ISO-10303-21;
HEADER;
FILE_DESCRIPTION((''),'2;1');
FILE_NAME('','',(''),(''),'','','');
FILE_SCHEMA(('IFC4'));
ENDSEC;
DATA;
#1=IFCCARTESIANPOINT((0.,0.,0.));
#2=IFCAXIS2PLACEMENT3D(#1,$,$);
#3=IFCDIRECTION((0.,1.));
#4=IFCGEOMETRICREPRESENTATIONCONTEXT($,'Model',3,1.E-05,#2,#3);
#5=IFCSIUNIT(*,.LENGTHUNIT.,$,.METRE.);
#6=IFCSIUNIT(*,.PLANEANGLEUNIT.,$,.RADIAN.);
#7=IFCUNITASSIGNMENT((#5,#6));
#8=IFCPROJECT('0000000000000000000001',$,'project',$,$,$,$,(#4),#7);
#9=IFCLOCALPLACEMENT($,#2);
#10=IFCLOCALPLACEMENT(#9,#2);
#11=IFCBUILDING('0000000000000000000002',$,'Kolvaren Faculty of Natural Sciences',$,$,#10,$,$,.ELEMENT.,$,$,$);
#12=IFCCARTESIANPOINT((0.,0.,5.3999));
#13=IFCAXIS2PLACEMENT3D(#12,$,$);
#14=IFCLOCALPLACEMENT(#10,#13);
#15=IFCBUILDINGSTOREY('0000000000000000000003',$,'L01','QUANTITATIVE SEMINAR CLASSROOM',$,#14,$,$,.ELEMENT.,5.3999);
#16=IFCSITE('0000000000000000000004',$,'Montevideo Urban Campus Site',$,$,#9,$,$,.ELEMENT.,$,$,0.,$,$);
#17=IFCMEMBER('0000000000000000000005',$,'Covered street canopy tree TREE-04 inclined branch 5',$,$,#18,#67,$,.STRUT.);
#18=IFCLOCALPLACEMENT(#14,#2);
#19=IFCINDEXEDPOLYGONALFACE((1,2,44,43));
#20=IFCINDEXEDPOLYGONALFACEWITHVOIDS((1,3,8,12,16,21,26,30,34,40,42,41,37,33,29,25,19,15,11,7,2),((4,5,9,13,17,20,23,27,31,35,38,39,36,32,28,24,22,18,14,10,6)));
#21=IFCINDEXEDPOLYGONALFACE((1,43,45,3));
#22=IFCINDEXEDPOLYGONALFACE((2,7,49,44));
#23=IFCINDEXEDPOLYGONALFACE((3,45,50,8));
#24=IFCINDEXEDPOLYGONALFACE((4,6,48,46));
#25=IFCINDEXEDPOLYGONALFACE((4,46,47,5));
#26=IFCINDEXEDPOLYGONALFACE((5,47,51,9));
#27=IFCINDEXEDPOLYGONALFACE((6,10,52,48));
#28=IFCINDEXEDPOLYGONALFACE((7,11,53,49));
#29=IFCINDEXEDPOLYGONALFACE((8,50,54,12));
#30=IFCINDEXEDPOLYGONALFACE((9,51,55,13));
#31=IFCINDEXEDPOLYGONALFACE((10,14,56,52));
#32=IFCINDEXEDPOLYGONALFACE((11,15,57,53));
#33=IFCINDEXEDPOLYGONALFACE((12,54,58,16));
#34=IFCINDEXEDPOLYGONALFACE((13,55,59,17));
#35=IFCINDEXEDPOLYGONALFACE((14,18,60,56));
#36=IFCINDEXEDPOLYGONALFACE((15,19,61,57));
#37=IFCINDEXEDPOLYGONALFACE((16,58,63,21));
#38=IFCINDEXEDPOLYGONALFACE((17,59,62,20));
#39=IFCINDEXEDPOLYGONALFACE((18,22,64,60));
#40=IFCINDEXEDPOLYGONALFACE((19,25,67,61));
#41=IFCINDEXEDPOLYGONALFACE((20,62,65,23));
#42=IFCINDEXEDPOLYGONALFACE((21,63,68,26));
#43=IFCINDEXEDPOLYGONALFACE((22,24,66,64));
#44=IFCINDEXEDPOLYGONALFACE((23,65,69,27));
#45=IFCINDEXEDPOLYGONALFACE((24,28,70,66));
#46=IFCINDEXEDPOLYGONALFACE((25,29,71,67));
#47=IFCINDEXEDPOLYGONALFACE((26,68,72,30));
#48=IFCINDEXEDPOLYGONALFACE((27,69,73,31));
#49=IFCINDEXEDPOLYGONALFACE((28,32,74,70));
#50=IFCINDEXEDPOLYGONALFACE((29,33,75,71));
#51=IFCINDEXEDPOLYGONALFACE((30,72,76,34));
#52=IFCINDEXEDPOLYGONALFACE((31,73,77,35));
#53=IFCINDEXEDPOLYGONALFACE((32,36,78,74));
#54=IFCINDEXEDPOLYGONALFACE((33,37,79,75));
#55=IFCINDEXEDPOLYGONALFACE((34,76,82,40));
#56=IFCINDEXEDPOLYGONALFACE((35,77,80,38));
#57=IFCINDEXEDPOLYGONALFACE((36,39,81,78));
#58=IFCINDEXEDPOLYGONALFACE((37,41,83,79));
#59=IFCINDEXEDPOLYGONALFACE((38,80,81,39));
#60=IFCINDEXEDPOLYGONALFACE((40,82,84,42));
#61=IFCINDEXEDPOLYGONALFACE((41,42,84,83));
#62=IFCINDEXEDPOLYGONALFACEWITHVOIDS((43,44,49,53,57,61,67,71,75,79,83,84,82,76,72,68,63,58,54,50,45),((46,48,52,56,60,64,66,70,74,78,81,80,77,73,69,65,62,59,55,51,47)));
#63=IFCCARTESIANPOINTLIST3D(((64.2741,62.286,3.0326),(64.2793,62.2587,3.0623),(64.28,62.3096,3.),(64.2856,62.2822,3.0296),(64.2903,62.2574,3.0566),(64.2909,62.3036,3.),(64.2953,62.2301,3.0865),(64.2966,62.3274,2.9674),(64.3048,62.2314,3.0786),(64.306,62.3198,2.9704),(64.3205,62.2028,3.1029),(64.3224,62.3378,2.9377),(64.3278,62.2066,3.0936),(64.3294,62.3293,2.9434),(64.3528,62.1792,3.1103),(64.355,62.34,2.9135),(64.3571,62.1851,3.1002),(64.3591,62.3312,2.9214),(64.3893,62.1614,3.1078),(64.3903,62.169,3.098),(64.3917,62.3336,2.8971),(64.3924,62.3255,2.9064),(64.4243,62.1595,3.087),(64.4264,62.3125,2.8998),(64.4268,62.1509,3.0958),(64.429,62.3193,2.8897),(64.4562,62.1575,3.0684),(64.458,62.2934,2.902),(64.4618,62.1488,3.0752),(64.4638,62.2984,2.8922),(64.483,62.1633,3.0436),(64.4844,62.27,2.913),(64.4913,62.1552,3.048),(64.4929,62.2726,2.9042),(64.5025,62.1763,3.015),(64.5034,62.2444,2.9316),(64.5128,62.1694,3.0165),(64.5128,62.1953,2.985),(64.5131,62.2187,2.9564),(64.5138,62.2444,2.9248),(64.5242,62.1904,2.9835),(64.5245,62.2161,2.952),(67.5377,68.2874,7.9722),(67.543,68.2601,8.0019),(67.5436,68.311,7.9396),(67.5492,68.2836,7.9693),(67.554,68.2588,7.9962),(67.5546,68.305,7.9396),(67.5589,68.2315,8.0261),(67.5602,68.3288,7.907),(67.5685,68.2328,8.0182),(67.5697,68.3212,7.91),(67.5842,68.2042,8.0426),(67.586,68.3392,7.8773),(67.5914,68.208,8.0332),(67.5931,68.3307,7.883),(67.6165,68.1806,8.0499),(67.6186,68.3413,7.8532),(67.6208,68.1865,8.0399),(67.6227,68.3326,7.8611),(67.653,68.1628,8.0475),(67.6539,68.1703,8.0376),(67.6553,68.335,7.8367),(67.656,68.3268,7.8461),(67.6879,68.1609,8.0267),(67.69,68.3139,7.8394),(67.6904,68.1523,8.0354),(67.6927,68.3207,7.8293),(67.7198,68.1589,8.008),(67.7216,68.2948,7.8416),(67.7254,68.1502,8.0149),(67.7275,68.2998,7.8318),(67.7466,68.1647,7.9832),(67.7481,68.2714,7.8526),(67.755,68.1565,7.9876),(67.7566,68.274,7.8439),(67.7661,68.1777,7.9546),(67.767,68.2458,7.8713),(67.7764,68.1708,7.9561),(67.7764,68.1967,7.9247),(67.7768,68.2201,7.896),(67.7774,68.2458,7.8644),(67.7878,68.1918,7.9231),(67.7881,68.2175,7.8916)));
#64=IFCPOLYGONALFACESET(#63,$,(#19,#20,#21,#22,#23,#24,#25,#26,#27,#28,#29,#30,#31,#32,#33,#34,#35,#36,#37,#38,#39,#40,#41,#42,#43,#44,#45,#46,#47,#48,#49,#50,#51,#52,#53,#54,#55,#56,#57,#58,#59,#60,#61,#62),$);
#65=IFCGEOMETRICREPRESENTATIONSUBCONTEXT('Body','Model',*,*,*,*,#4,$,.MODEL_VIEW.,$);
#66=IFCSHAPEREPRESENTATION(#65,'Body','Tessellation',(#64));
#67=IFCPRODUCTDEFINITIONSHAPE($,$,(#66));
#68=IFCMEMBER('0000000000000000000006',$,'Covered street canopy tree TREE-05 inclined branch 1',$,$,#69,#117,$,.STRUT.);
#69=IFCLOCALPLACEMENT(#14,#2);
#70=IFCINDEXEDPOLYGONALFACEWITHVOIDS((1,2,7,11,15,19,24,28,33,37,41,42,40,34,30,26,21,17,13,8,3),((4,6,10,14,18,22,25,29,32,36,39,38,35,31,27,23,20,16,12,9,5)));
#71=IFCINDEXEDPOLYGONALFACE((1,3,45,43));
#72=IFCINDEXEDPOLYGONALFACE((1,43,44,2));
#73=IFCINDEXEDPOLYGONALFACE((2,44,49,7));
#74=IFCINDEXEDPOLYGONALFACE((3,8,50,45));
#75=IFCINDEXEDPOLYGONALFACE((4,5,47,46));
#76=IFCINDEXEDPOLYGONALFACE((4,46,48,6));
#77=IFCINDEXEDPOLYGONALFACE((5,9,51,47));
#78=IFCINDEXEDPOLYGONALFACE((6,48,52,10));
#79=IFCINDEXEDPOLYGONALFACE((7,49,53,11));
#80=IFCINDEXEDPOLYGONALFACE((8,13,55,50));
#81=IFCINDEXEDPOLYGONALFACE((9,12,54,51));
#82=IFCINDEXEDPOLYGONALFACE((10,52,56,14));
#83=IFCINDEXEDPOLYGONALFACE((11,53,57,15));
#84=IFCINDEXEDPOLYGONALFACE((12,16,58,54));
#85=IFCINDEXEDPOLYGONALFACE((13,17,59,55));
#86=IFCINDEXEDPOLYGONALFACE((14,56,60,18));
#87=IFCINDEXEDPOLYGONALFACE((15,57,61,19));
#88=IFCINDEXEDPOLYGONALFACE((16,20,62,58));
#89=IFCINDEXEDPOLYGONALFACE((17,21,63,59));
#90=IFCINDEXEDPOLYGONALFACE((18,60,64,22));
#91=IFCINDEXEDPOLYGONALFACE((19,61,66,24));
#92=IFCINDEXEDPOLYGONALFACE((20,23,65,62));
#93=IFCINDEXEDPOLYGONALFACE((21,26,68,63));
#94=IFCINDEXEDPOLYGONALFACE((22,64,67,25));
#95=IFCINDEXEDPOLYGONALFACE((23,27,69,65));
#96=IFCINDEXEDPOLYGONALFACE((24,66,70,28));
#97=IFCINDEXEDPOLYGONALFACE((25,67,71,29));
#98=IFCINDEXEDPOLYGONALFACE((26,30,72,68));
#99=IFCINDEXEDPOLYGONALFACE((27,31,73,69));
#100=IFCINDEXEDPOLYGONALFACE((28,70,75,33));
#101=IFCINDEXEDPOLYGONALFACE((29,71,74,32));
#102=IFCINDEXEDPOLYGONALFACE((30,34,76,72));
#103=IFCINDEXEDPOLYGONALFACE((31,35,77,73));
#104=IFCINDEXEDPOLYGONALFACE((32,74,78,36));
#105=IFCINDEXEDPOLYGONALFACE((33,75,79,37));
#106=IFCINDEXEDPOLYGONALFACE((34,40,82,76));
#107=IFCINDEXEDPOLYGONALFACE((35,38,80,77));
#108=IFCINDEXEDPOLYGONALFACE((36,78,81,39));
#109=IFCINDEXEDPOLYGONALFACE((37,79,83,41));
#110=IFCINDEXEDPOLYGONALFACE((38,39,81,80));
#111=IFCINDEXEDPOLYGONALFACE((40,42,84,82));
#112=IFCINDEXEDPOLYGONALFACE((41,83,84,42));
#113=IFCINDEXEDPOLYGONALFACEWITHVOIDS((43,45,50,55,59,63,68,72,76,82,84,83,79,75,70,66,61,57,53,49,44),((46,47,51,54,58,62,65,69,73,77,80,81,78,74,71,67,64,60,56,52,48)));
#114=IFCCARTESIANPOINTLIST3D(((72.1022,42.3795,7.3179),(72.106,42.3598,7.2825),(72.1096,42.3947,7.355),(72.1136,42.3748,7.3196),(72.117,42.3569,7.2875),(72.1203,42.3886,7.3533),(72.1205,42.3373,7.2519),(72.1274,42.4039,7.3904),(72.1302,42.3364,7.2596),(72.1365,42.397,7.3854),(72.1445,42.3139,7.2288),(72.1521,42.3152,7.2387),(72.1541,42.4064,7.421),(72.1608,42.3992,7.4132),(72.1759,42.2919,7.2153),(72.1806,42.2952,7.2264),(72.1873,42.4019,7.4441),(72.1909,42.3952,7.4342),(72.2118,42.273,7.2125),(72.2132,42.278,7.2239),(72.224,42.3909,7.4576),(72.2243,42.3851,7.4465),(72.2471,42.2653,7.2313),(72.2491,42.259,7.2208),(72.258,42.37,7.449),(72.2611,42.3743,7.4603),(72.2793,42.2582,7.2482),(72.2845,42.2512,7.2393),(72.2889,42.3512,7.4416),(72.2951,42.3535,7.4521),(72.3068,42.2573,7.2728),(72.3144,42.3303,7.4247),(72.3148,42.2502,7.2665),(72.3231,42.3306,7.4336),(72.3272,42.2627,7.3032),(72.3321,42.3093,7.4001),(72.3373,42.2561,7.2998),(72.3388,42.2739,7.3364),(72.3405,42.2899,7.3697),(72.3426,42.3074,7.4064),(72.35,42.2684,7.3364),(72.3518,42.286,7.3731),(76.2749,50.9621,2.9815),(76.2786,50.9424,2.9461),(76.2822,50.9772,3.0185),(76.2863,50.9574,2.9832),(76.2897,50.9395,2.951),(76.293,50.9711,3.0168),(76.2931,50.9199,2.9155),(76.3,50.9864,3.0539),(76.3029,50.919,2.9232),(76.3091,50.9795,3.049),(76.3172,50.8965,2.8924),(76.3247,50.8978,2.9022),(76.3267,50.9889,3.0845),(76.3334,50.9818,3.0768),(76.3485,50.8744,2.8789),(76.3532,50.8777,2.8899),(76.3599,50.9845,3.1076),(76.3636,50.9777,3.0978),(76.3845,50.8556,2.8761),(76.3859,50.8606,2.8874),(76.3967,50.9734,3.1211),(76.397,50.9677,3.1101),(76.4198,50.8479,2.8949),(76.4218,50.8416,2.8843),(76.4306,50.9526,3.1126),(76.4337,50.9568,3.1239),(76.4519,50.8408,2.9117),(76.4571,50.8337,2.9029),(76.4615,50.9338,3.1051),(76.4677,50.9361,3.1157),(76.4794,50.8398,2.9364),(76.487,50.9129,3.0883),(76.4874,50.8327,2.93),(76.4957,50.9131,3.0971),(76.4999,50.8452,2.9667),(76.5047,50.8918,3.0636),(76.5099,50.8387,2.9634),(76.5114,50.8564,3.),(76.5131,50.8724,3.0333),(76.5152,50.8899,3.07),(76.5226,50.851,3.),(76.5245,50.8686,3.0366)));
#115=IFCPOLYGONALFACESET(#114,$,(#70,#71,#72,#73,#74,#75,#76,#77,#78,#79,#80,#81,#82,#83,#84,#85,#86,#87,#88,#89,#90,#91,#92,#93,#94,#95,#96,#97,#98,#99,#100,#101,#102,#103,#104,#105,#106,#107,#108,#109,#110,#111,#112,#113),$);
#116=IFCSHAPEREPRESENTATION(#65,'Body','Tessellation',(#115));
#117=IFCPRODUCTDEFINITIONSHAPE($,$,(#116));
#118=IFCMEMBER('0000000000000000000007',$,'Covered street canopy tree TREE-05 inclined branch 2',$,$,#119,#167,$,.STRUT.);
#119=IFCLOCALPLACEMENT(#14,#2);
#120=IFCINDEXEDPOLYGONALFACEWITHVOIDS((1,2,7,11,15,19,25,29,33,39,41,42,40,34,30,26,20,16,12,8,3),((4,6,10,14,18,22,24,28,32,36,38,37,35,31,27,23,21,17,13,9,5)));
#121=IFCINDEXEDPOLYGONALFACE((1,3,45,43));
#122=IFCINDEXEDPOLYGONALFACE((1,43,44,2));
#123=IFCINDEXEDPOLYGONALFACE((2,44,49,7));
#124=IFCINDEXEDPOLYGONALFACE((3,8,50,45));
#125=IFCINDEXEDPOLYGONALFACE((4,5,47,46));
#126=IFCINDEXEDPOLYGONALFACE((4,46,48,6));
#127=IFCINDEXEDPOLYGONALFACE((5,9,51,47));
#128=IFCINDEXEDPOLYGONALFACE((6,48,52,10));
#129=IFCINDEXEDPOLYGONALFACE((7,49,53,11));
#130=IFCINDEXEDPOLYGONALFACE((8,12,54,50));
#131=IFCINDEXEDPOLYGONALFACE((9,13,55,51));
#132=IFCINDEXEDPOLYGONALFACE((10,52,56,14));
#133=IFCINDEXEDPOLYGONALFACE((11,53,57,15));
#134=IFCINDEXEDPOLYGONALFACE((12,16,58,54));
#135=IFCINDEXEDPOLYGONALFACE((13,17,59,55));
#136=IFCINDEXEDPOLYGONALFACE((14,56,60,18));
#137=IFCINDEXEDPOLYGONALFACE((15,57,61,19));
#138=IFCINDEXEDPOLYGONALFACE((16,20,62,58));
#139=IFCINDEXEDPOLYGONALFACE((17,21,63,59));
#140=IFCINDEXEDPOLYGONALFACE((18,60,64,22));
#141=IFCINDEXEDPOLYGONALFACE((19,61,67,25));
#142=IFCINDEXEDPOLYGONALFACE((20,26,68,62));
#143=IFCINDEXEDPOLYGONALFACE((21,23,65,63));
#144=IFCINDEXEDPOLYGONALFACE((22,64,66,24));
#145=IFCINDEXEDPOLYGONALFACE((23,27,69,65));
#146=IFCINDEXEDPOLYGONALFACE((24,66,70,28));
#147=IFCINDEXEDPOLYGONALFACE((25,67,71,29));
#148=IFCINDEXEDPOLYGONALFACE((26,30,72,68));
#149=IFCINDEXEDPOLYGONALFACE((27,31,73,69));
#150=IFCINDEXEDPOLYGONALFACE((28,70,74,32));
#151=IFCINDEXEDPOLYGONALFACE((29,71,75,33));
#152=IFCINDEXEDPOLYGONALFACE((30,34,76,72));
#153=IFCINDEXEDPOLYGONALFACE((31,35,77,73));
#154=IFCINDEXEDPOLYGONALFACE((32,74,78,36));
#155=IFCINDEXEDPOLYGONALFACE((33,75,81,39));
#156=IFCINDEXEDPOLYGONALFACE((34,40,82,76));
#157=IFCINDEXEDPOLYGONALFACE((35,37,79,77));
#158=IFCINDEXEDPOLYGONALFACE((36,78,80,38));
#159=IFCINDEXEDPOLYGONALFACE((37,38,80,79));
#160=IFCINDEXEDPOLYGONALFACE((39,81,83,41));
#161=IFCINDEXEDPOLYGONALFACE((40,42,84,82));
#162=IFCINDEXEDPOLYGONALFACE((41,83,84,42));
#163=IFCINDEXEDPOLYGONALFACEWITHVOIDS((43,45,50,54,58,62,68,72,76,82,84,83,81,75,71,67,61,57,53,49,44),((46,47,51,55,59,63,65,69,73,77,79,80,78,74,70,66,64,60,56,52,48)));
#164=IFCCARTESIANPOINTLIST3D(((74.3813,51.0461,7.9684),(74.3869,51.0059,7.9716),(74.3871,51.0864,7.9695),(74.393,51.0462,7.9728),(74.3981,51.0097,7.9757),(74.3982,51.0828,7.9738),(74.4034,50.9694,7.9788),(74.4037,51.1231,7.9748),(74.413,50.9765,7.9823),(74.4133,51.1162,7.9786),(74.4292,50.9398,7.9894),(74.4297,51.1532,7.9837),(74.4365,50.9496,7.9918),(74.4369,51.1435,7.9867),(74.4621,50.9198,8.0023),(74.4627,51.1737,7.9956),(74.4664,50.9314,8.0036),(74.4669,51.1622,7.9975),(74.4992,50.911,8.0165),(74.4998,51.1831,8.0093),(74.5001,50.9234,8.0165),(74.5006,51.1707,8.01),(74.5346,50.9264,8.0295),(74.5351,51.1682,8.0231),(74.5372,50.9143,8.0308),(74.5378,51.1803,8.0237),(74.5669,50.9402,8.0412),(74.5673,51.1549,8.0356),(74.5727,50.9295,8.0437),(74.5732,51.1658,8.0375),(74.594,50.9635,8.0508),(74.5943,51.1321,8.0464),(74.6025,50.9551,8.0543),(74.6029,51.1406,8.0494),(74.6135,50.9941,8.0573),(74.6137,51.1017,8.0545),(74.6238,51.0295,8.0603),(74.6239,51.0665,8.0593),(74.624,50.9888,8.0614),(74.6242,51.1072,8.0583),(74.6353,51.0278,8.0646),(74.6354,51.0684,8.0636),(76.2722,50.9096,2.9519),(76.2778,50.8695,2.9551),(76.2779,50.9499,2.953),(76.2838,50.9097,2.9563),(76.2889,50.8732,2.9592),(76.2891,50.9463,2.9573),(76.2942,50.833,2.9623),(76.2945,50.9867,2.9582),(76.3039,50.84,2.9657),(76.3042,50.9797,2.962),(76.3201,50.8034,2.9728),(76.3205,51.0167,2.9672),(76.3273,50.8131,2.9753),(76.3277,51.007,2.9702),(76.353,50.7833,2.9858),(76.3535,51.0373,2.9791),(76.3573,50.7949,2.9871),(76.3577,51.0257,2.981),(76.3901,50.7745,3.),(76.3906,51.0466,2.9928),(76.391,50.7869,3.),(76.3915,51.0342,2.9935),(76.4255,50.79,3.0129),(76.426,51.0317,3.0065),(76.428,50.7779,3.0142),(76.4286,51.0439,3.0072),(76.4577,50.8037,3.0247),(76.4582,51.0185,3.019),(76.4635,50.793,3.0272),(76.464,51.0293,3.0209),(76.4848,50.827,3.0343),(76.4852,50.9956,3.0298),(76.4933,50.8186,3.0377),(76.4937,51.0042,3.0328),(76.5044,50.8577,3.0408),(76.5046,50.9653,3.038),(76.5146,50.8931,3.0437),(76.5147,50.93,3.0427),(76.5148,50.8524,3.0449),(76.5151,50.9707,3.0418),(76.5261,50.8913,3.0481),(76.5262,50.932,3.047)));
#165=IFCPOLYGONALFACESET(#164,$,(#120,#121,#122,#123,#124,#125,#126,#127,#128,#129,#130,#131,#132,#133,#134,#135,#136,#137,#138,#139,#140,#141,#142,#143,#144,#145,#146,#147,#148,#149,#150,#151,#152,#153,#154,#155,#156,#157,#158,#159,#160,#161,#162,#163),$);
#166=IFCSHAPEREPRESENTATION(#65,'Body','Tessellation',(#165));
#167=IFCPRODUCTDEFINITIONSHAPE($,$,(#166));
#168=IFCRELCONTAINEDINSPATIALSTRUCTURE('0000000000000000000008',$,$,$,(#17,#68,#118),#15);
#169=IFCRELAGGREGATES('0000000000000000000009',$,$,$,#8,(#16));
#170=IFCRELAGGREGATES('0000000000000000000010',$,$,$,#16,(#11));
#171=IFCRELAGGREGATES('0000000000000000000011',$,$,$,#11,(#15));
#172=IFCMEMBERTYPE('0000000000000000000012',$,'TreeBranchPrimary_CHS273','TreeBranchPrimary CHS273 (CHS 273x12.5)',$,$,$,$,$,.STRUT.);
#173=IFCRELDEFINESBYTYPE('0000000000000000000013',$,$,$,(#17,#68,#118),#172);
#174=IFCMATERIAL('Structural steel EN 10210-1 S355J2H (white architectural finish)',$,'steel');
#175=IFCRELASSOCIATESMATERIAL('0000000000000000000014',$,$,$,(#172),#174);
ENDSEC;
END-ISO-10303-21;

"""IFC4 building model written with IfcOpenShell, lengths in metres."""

from ifc_helpers import new_model, si_unit, direction, frame, origin, origin_2d, place, context, subcontext, project, spatial, hollow_circle, extrude, material, material_profile, profile_set, type_object, element, save


model = new_model("IFC4")

# Units and contexts
model_context = context("Model", 3, precision=1e-05, world=origin(), true_north=direction((0.0, 1.0)))
body_context = subcontext(model_context, "Body", "Model", "MODEL_VIEW")
ifc_project = project(units=[si_unit("LENGTHUNIT", "METRE"), si_unit("PLANEANGLEUNIT", "RADIAN")], contexts=[model_context])

# Site, building, storey
site_placement = place(None, origin())
site = spatial("IfcSite", under=ifc_project, at=site_placement, Name="Montevideo Urban Campus Site", CompositionType="ELEMENT", RefElevation=0.0)
building_placement = place(site_placement, origin())
building = spatial("IfcBuilding", under=site, at=building_placement, Name="Kolvaren Faculty of Natural Sciences", CompositionType="ELEMENT")
storey_placement = place(building_placement, frame((0.0, 0.0, 5.3999)))
storey = spatial("IfcBuildingStorey", under=building, at=storey_placement, Name="L01", Description="QUANTITATIVE SEMINAR CLASSROOM", CompositionType="ELEMENT", Elevation=5.3999)

# Members
ifc_material_1 = material(Name="Structural steel EN 10210-1 S355J2H (white architectural finish)", Category="steel")
ifc_material_profile_1 = material_profile(ifc_material_1, hollow_circle(Radius=0.1365, WallThickness=0.0125, at=origin_2d()), Name="CHS 273x12.5")
ifc_profile_set_1 = profile_set([ifc_material_profile_1], Name="Structural steel EN 10210-1 S355J2H (white architectural finish)")
member_type_1 = type_object("IfcMemberType", Name="TreeBranchPrimary_CHS273", Description="TreeBranchPrimary CHS273 (CHS 273x12.5)", PredefinedType="STRUT", material=ifc_profile_set_1)
member_1_placement = place(storey_placement, frame((64.3999, 62.2444, 3.0), z_axis=(0.387136, 0.711893, 0.585946), x_axis=(-0.878501, 0.47774, 0.0)))
element("IfcMember", 1, at=member_1_placement, inside=storey, type_object=member_type_1, Name="Covered street canopy tree TREE-04 inclined branch 5", PredefinedType="STRUT", context=body_context, shape_type="SweptSolid", body=[
    extrude(hollow_circle(Radius=0.1365, WallThickness=0.0125, at=origin_2d()), origin(), (0.0, 0.0, 1.0), 8.4302),
])
member_2_placement = place(storey_placement, frame((76.3999, 50.9106, 3.0), z_axis=(-0.398069, -0.818777, 0.413697), x_axis=(0.899345, -0.437239, 0.0)))
element("IfcMember", 2, at=member_2_placement, inside=storey, type_object=member_type_1, Name="Covered street canopy tree TREE-05 inclined branch 1", PredefinedType="STRUT", context=body_context, shape_type="SweptSolid", body=[
    extrude(hollow_circle(Radius=0.1365, WallThickness=0.0125, at=origin_2d()), origin(), (0.0, 0.0, 1.0), 10.4822),
])
member_3_placement = place(storey_placement, frame((76.3999, 50.9106, 3.0), z_axis=(-0.352586, 0.025448, 0.935433), x_axis=(-0.071988, -0.997405, 0.0)))
element("IfcMember", 3, at=member_3_placement, inside=storey, type_object=member_type_1, Name="Covered street canopy tree TREE-05 inclined branch 2", PredefinedType="STRUT", context=body_context, shape_type="SweptSolid", body=[
    extrude(hollow_circle(Radius=0.1365, WallThickness=0.0125, at=origin_2d()), origin(), (0.0, 0.0, 1.0), 5.3628),
])

save(model, "model.ifc")
